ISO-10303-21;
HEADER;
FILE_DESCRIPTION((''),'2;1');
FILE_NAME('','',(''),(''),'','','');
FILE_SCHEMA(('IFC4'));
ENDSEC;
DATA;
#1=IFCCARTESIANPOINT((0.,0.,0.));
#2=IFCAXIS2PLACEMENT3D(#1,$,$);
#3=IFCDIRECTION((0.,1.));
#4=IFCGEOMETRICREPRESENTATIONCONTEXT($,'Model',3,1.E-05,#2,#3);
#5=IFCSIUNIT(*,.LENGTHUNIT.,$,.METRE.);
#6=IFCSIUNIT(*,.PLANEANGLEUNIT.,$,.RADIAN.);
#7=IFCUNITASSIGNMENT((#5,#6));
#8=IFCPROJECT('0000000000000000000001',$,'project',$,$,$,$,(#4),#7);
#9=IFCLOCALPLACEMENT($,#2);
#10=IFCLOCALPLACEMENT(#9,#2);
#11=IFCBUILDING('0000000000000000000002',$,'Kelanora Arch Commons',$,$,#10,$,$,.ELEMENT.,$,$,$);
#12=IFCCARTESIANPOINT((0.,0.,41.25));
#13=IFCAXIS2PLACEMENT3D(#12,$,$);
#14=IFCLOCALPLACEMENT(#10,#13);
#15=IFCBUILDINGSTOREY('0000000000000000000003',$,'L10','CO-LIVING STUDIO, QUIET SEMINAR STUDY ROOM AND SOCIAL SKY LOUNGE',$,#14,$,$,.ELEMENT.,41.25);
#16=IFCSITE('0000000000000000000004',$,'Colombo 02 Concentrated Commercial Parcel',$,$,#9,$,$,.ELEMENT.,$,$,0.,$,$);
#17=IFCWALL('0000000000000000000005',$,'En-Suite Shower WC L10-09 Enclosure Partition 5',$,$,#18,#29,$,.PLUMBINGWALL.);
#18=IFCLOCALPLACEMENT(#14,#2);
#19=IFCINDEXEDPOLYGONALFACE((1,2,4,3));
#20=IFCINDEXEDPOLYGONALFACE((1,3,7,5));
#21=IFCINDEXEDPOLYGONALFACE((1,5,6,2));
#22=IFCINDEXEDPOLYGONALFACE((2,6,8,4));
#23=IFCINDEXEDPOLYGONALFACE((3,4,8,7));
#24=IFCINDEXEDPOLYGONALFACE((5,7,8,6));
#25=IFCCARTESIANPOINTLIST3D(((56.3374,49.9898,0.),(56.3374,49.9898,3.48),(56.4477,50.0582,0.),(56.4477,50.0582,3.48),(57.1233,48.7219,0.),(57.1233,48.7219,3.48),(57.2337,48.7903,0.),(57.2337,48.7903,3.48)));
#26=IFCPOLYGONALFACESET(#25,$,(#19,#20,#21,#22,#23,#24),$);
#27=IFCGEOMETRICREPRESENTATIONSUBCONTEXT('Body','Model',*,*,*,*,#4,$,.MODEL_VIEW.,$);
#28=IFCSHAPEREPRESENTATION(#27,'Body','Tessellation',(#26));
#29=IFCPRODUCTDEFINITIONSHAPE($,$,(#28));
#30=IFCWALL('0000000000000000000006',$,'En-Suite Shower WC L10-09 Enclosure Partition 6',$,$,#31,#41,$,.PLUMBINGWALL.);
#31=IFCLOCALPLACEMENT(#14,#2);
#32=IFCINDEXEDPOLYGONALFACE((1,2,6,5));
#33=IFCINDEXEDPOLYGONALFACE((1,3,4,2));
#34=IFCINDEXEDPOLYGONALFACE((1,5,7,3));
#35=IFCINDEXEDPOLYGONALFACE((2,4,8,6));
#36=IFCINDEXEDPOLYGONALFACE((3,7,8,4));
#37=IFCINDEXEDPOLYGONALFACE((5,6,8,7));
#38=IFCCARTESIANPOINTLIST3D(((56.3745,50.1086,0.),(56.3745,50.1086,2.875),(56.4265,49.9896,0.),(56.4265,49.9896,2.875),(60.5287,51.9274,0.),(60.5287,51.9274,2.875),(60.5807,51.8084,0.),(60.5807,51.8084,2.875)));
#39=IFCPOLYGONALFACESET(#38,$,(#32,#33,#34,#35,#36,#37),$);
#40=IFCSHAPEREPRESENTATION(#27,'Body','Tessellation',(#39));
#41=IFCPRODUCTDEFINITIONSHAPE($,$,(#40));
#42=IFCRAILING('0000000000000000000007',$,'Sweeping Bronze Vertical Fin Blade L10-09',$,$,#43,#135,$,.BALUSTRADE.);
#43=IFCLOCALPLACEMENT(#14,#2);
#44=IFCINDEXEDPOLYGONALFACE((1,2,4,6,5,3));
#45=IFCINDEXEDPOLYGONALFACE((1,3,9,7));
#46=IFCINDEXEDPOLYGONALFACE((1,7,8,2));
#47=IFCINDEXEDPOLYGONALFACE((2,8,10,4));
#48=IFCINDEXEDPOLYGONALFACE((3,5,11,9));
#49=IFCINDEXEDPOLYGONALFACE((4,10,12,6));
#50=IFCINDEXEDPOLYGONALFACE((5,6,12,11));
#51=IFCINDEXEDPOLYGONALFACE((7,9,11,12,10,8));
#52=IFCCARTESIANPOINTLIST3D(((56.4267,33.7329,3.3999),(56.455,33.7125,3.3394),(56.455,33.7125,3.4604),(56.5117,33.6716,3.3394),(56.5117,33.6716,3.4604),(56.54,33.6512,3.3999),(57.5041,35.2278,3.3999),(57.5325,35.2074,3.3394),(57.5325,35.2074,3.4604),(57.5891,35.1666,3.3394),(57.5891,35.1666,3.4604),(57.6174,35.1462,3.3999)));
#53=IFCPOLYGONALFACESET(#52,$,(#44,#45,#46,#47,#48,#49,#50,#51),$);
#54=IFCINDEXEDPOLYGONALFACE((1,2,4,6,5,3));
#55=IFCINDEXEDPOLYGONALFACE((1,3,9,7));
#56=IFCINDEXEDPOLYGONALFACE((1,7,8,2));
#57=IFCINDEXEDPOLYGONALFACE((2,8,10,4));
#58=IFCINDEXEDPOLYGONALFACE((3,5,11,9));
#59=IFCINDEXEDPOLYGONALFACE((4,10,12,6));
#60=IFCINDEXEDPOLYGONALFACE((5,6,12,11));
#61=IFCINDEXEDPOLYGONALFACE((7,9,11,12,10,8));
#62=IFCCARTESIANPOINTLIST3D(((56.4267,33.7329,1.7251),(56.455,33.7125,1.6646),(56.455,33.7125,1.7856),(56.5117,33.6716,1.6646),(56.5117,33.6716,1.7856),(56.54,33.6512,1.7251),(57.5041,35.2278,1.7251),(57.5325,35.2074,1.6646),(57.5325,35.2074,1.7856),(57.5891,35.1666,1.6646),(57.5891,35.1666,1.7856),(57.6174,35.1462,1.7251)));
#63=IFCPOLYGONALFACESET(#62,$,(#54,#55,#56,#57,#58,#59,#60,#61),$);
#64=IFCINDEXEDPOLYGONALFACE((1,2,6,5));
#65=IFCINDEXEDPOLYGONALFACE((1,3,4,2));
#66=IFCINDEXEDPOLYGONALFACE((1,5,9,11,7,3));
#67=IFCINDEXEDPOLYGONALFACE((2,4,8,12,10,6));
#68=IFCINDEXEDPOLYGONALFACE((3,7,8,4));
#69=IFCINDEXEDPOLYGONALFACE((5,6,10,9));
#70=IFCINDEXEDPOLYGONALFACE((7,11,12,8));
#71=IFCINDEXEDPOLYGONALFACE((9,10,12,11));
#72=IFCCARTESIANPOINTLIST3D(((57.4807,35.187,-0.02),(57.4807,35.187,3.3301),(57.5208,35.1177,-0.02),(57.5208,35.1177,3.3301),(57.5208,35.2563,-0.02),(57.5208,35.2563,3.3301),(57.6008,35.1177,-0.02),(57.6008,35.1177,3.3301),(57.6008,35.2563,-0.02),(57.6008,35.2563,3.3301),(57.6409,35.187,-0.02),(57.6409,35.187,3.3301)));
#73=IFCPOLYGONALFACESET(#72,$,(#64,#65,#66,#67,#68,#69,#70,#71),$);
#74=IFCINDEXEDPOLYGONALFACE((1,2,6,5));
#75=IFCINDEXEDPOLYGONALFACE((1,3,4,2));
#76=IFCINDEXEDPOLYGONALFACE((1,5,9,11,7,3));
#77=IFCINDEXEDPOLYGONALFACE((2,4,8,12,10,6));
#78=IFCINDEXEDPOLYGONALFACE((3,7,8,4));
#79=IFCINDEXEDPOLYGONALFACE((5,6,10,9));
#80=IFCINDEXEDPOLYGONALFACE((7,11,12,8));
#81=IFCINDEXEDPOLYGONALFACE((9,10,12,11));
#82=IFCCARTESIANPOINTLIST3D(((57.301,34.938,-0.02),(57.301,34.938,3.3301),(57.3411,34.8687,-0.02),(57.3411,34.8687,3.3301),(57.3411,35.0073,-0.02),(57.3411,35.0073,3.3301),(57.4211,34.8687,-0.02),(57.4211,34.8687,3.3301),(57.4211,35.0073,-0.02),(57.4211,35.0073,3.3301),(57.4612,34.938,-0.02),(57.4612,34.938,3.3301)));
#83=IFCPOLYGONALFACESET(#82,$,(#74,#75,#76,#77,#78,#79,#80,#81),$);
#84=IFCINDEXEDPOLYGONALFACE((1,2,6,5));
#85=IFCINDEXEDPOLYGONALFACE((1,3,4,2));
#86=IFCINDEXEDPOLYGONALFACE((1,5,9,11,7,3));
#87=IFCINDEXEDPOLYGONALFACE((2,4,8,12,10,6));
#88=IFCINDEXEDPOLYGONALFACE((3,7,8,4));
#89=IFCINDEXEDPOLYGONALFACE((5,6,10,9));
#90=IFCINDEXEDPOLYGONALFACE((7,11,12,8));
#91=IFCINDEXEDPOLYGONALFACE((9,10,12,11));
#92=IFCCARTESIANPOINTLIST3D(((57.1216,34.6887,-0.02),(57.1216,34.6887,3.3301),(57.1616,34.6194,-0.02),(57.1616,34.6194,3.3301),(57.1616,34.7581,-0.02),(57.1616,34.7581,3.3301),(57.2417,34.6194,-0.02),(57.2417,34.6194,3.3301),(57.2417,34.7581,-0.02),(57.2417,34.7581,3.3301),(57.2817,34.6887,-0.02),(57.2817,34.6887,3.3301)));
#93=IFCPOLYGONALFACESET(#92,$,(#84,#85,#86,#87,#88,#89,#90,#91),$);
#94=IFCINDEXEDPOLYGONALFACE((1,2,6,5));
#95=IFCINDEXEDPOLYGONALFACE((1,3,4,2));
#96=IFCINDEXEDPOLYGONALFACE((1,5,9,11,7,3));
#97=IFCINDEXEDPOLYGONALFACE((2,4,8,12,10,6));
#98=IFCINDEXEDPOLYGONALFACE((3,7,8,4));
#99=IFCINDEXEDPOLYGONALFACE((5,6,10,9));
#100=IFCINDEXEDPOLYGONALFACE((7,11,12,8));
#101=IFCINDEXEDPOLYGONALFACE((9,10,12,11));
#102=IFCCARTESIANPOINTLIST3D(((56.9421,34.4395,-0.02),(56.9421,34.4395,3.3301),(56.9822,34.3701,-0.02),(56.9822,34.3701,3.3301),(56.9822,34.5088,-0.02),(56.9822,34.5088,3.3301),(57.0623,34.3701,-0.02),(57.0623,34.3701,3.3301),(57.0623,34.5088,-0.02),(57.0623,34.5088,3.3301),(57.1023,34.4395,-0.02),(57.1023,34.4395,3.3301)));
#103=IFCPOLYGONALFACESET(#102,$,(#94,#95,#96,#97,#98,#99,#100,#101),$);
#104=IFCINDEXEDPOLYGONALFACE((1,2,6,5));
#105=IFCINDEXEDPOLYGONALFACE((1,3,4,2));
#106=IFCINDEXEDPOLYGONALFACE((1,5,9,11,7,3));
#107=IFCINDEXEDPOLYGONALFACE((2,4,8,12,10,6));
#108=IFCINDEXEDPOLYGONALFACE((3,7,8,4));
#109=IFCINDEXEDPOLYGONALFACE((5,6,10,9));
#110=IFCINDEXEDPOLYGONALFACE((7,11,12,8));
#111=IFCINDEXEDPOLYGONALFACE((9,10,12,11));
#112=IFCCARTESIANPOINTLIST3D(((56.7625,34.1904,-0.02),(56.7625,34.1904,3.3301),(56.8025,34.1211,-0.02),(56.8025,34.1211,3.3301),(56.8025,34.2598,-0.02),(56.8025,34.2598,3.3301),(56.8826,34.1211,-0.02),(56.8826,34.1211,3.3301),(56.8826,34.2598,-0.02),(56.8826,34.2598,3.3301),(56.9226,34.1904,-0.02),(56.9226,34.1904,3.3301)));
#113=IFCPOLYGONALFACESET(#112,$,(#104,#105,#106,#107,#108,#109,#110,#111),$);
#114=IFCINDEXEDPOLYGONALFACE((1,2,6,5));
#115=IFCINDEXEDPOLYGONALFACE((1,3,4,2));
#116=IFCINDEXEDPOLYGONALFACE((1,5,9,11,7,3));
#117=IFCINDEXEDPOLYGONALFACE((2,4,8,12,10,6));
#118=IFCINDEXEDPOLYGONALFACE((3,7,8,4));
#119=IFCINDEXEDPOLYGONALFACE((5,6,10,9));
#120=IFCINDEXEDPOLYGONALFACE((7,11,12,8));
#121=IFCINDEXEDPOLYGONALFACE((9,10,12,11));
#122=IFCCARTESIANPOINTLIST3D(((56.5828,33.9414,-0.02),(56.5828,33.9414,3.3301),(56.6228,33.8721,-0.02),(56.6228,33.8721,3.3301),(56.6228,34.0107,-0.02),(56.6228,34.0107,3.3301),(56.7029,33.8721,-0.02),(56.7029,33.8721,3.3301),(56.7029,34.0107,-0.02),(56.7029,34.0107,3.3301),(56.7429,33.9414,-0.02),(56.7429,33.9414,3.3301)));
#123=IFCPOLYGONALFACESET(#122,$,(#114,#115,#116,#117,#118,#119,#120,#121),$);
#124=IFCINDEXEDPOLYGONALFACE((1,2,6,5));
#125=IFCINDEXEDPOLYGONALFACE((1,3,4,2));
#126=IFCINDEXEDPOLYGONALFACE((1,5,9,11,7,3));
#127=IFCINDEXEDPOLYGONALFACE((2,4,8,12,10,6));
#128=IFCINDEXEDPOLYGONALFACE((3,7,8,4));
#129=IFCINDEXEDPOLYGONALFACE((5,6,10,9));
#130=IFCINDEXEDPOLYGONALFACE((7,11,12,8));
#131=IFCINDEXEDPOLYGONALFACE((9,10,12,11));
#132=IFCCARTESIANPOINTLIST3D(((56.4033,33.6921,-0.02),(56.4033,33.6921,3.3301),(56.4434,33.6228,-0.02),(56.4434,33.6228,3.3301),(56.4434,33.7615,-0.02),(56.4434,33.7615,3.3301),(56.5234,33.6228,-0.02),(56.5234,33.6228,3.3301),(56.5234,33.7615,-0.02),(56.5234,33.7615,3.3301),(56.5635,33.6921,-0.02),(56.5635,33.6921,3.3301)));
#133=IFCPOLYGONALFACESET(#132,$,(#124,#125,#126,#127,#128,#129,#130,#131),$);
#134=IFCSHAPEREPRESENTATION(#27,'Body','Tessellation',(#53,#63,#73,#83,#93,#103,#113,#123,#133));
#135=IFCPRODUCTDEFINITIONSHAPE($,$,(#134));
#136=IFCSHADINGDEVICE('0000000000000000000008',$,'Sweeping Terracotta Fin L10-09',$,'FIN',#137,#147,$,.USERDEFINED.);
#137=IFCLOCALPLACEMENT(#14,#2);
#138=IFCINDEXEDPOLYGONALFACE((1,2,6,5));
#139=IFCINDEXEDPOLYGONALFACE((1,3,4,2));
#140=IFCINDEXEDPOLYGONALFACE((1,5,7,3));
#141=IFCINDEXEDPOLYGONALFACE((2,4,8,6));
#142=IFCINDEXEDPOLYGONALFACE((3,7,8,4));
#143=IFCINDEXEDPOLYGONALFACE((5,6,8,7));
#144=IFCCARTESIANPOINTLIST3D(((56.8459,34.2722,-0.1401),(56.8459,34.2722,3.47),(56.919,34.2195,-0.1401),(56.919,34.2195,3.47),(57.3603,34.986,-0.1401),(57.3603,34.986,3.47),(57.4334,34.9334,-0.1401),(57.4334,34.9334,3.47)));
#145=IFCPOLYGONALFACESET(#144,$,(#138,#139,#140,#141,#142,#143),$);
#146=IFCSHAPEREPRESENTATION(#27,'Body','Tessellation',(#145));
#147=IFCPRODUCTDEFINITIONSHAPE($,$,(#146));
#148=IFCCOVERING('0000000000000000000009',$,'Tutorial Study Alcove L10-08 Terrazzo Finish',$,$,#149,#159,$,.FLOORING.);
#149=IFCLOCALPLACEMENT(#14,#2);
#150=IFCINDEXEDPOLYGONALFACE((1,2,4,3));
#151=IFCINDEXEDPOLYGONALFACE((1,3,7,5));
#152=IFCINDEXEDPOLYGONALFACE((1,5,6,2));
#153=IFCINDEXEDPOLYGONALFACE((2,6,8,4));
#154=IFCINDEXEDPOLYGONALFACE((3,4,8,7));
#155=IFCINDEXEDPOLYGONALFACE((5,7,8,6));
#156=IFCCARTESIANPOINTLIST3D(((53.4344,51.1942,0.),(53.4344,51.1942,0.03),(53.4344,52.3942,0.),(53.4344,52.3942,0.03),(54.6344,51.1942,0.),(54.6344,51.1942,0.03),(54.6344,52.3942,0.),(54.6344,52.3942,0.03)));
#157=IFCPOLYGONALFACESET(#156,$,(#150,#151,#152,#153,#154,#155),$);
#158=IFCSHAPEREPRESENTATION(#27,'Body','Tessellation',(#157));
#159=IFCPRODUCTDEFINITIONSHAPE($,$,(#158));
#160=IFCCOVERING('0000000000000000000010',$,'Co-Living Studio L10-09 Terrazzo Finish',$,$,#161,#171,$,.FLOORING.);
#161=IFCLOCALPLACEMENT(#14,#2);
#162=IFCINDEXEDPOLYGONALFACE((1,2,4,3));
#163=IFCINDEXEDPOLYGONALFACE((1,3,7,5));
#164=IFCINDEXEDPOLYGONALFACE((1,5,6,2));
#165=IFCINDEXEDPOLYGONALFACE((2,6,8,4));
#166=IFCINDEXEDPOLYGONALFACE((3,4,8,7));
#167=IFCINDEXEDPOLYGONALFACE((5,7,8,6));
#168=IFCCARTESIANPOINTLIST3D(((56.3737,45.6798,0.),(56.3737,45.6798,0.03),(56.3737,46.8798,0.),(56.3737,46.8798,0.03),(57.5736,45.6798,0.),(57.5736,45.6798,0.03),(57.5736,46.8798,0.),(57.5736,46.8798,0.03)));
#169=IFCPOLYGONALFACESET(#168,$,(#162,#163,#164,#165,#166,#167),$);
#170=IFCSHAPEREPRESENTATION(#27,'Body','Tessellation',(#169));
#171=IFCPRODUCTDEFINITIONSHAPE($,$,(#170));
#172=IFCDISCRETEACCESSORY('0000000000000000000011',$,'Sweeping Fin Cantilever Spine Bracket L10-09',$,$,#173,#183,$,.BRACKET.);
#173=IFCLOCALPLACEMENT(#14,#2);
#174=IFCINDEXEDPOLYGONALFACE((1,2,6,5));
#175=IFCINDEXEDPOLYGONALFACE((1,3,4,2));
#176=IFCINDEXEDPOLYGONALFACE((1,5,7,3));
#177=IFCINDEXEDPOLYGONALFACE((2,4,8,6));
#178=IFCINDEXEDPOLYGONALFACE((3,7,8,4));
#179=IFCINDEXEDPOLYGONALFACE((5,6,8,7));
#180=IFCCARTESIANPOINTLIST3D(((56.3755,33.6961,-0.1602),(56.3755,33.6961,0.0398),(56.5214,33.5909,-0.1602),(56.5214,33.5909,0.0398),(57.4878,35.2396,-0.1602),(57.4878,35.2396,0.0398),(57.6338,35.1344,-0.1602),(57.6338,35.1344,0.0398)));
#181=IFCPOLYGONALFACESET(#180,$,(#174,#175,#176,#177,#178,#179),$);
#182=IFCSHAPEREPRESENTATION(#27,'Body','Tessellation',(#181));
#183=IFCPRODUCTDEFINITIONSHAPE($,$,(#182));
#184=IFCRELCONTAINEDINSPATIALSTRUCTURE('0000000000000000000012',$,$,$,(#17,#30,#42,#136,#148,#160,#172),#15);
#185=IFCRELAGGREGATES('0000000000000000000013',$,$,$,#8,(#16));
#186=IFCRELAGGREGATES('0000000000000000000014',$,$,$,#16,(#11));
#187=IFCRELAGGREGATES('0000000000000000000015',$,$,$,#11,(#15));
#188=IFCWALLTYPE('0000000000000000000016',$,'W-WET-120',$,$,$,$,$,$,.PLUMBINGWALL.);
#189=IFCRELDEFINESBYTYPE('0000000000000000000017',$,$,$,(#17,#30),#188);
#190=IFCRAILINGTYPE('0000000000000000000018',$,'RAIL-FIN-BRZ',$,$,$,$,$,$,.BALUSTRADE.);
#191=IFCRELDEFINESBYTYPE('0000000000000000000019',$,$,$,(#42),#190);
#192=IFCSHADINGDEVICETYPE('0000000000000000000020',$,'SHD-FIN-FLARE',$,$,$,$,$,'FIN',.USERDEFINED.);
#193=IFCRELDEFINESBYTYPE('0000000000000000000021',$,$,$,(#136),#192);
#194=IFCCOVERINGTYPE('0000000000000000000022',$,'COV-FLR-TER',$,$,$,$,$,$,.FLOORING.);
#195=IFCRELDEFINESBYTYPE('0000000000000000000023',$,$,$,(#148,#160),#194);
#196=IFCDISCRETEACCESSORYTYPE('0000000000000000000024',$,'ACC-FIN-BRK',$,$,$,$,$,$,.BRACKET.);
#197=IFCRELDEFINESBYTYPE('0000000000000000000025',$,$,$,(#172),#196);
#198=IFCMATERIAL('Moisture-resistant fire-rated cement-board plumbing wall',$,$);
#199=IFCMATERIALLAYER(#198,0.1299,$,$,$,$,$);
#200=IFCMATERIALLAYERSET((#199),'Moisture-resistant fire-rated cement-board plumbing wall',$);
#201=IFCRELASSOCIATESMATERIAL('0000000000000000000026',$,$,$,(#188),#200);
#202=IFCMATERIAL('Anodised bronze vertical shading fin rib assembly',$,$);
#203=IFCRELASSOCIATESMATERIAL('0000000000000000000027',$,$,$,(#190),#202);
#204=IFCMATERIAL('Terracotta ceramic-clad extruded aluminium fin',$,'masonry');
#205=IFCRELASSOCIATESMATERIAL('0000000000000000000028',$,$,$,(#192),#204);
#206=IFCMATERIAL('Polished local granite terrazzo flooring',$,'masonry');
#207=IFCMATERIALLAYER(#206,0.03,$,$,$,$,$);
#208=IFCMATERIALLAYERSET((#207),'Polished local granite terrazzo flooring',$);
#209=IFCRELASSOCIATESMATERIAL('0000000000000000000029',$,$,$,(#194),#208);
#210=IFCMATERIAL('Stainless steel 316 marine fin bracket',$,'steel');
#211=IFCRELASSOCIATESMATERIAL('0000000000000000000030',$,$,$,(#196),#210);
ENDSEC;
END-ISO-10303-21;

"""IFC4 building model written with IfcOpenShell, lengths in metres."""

from ifc_helpers import new_model, si_unit, direction, frame, frame_2d, origin, origin_2d, place, context, subcontext, project, spatial, polyline, rectangle, outline, extrude, source, transform, mapped, material, layer, layer_set, type_object, element, save


model = new_model("IFC4")

# Units and contexts
model_context = context("Model", 3, precision=1e-05, world=origin(), true_north=direction((0.0, 1.0)))
body_context = subcontext(model_context, "Body", "Model", "MODEL_VIEW")
ifc_project = project(units=[si_unit("LENGTHUNIT", "METRE"), si_unit("PLANEANGLEUNIT", "RADIAN")], contexts=[model_context])

# Site, building, storey
site_placement = place(None, origin())
site = spatial("IfcSite", under=ifc_project, at=site_placement, Name="Colombo 02 Concentrated Commercial Parcel", CompositionType="ELEMENT", RefElevation=0.0)
building_placement = place(site_placement, origin())
building = spatial("IfcBuilding", under=site, at=building_placement, Name="Kelanora Arch Commons", CompositionType="ELEMENT")
storey_placement = place(building_placement, frame((0.0, 0.0, 41.25)))
storey = spatial("IfcBuildingStorey", under=building, at=storey_placement, Name="L10", Description="CO-LIVING STUDIO, QUIET SEMINAR STUDY ROOM AND SOCIAL SKY LOUNGE", CompositionType="ELEMENT", Elevation=41.25)

# Shared definitions
ifc_material_1 = material(Name="Moisture-resistant fire-rated cement-board plumbing wall")
ifc_layer_1 = layer(ifc_material_1, 0.1299)
ifc_layer_set_1 = layer_set([ifc_layer_1], Name="Moisture-resistant fire-rated cement-board plumbing wall")
wall_type_1 = type_object("IfcWallType", Name="W-WET-120", PredefinedType="PLUMBINGWALL", material=ifc_layer_set_1)

# Walls
wall_1_placement = place(storey_placement, frame((57.1785, 48.7561, 0.0), z_axis=(0.0, 0.0, 1.0), x_axis=(-0.526862, 0.849951, 0.0)))
element("IfcWall", 1, at=wall_1_placement, inside=storey, type_object=wall_type_1, Name="En-Suite Shower WC L10-09 Enclosure Partition 5", PredefinedType="PLUMBINGWALL", context=body_context, shape_type="SweptSolid", body=[
    extrude(rectangle(XDim=1.4917, YDim=0.1299, at=frame_2d((0.7458, 0.0))), origin(), (0.0, 0.0, 1.0), 3.48),
])
wall_2_placement = place(storey_placement, frame((56.4004, 50.0491, 0.0), z_axis=(0.0, 0.0, 1.0), x_axis=(0.916049, 0.401067, 0.0)))
element("IfcWall", 2, at=wall_2_placement, inside=storey, type_object=wall_type_1, Name="En-Suite Shower WC L10-09 Enclosure Partition 6", PredefinedType="PLUMBINGWALL", context=body_context, shape_type="SweptSolid", body=[
    extrude(rectangle(XDim=4.5349, YDim=0.1299, at=frame_2d((2.2676, 0.0))), origin(), (0.0, 0.0, 1.0), 2.875),
])

# Railing
ifc_material_2 = material(Name="Anodised bronze vertical shading fin rib assembly")
railing_type = type_object("IfcRailingType", Name="RAIL-FIN-BRZ", PredefinedType="BALUSTRADE", material=ifc_material_2)
railing_placement = place(storey_placement, frame((57.5608, 35.187, -0.02)))
element("IfcRailing", 3, at=railing_placement, inside=storey, type_object=railing_type, Name="Sweeping Bronze Vertical Fin Blade L10-09", PredefinedType="BALUSTRADE", context=body_context, shape_type="SweptSolid", body=[
    extrude(outline(polyline([(0.0698, 0.0), (0.0349, 0.0605), (-0.0349, 0.0605), (-0.0698, 0.0), (-0.0349, -0.0605), (0.0349, -0.0605), (0.0698, 0.0)])), frame((0.0, 0.0, 3.4199), z_axis=(-0.584692, -0.811255, 0.0), x_axis=(0.811255, -0.584692, 0.0)), (0.0, 0.0, 1.0), 1.8428),
    extrude(outline(polyline([(0.0698, 0.0), (0.0349, 0.0605), (-0.0349, 0.0605), (-0.0698, 0.0), (-0.0349, -0.0605), (0.0349, -0.0605), (0.0698, 0.0)])), frame((0.0, 0.0, 1.7451), z_axis=(-0.584692, -0.811255, 0.0), x_axis=(0.811255, -0.584692, 0.0)), (0.0, 0.0, 1.0), 1.8428),
    extrude(outline(polyline([(0.0801, 0.0), (0.04, 0.0693), (-0.04, 0.0693), (-0.0801, 0.0), (-0.04, -0.0693), (0.04, -0.0693), (0.0801, 0.0)])), origin(), (0.0, 0.0, 1.0), 3.3501),
    extrude(outline(polyline([(0.0801, 0.0), (0.04, 0.0693), (-0.04, 0.0693), (-0.0801, 0.0), (-0.04, -0.0693), (0.04, -0.0693), (0.0801, 0.0)])), frame((-0.1797, -0.249, 0.0)), (0.0, 0.0, 1.0), 3.3501),
    extrude(outline(polyline([(0.0801, 0.0), (0.04, 0.0693), (-0.04, 0.0693), (-0.0801, 0.0), (-0.04, -0.0693), (0.04, -0.0693), (0.0801, 0.0)])), frame((-0.3591, -0.4983, 0.0)), (0.0, 0.0, 1.0), 3.3501),
    extrude(outline(polyline([(0.0801, 0.0), (0.04, 0.0693), (-0.04, 0.0693), (-0.0801, 0.0), (-0.04, -0.0693), (0.04, -0.0693), (0.0801, 0.0)])), frame((-0.5386, -0.7476, 0.0)), (0.0, 0.0, 1.0), 3.3501),
    extrude(outline(polyline([(0.0801, 0.0), (0.04, 0.0693), (-0.04, 0.0693), (-0.0801, 0.0), (-0.04, -0.0693), (0.04, -0.0693), (0.0801, 0.0)])), frame((-0.7183, -0.9966, 0.0)), (0.0, 0.0, 1.0), 3.3501),
    extrude(outline(polyline([(0.0801, 0.0), (0.04, 0.0693), (-0.04, 0.0693), (-0.0801, 0.0), (-0.04, -0.0693), (0.04, -0.0693), (0.0801, 0.0)])), frame((-0.8979, -1.2456, 0.0)), (0.0, 0.0, 1.0), 3.3501),
    extrude(outline(polyline([(0.0801, 0.0), (0.04, 0.0693), (-0.04, 0.0693), (-0.0801, 0.0), (-0.04, -0.0693), (0.04, -0.0693), (0.0801, 0.0)])), frame((-1.0774, -1.4949, 0.0)), (0.0, 0.0, 1.0), 3.3501),
])

# Shading device
ifc_material_3 = material(Name="Terracotta ceramic-clad extruded aluminium fin", Category="masonry")
shading_device_type = type_object("IfcShadingDeviceType", Name="SHD-FIN-FLARE", ElementType="FIN", PredefinedType="USERDEFINED", material=ifc_material_3)
shared_shape_1 = source(origin(), body_context, "Body", "SweptSolid", [
    extrude(rectangle(XDim=0.8799, YDim=0.0901, at=origin_2d()), origin(), (0.0, 0.0, 1.0), 3.6101),
])
shading_device_placement = place(storey_placement, frame((57.1396, 34.6028, -0.1401), z_axis=(0.0, 0.0, 1.0), x_axis=(-0.584675, -0.811268, 0.0)))
element("IfcShadingDevice", 4, at=shading_device_placement, inside=storey, type_object=shading_device_type, Name="Sweeping Terracotta Fin L10-09", ObjectType="FIN", PredefinedType="USERDEFINED", context=body_context, shape_type="MappedRepresentation", body=[
    mapped(shared_shape_1, transform((0.0, 0.0, 0.0), scale=1.0)),
])

# Coverings
ifc_material_4 = material(Name="Polished local granite terrazzo flooring", Category="masonry")
ifc_layer_2 = layer(ifc_material_4, 0.03)
ifc_layer_set_2 = layer_set([ifc_layer_2], Name="Polished local granite terrazzo flooring")
covering_type = type_object("IfcCoveringType", Name="COV-FLR-TER", PredefinedType="FLOORING", material=ifc_layer_set_2)
shared_shape_2 = source(origin(), body_context, "Body", "SweptSolid", [
    extrude(rectangle(XDim=1.2, YDim=1.2, at=origin_2d()), origin(), (0.0, 0.0, 1.0), 0.03),
])
for number, where, z_axis, x_axis, name in (
    (5, (54.0344, 51.7942, 0.0), (0.0, 0.0, 1.0), (1.0, 0.0, 0.0), "Tutorial Study Alcove L10-08 Terrazzo Finish"),
    (6, (56.9736, 46.2798, 0.0), (0.0, 0.0, 1.0), (1.0, 0.0, 0.0), "Co-Living Studio L10-09 Terrazzo Finish"),
):
    element("IfcCovering", number, at=place(storey_placement, frame(where, z_axis=z_axis, x_axis=x_axis)), inside=storey, type_object=covering_type, Name=name, PredefinedType="FLOORING", context=body_context, shape_type="MappedRepresentation", body=[
        mapped(shared_shape_2, transform((0.0, 0.0, 0.0), scale=1.0)),
    ])

# Discrete accessory
ifc_material_5 = material(Name="Stainless steel 316 marine fin bracket", Category="steel")
discrete_accessory_type = type_object("IfcDiscreteAccessoryType", Name="ACC-FIN-BRK", PredefinedType="BRACKET", material=ifc_material_5)
shared_shape_3 = source(origin(), body_context, "Body", "SweptSolid", [
    extrude(rectangle(XDim=1.9026, YDim=0.1799, at=origin_2d()), origin(), (0.0, 0.0, 1.0), 0.2),
])
discrete_accessory_placement = place(storey_placement, frame((57.0046, 34.4153, -0.1602), z_axis=(0.0, 0.0, 1.0), x_axis=(-0.584675, -0.811268, 0.0)))
element("IfcDiscreteAccessory", 7, at=discrete_accessory_placement, inside=storey, type_object=discrete_accessory_type, Name="Sweeping Fin Cantilever Spine Bracket L10-09", PredefinedType="BRACKET", context=body_context, shape_type="MappedRepresentation", body=[
    mapped(shared_shape_3, transform((0.0, 0.0, 0.0), scale=1.0)),
])

save(model, "model.ifc")
